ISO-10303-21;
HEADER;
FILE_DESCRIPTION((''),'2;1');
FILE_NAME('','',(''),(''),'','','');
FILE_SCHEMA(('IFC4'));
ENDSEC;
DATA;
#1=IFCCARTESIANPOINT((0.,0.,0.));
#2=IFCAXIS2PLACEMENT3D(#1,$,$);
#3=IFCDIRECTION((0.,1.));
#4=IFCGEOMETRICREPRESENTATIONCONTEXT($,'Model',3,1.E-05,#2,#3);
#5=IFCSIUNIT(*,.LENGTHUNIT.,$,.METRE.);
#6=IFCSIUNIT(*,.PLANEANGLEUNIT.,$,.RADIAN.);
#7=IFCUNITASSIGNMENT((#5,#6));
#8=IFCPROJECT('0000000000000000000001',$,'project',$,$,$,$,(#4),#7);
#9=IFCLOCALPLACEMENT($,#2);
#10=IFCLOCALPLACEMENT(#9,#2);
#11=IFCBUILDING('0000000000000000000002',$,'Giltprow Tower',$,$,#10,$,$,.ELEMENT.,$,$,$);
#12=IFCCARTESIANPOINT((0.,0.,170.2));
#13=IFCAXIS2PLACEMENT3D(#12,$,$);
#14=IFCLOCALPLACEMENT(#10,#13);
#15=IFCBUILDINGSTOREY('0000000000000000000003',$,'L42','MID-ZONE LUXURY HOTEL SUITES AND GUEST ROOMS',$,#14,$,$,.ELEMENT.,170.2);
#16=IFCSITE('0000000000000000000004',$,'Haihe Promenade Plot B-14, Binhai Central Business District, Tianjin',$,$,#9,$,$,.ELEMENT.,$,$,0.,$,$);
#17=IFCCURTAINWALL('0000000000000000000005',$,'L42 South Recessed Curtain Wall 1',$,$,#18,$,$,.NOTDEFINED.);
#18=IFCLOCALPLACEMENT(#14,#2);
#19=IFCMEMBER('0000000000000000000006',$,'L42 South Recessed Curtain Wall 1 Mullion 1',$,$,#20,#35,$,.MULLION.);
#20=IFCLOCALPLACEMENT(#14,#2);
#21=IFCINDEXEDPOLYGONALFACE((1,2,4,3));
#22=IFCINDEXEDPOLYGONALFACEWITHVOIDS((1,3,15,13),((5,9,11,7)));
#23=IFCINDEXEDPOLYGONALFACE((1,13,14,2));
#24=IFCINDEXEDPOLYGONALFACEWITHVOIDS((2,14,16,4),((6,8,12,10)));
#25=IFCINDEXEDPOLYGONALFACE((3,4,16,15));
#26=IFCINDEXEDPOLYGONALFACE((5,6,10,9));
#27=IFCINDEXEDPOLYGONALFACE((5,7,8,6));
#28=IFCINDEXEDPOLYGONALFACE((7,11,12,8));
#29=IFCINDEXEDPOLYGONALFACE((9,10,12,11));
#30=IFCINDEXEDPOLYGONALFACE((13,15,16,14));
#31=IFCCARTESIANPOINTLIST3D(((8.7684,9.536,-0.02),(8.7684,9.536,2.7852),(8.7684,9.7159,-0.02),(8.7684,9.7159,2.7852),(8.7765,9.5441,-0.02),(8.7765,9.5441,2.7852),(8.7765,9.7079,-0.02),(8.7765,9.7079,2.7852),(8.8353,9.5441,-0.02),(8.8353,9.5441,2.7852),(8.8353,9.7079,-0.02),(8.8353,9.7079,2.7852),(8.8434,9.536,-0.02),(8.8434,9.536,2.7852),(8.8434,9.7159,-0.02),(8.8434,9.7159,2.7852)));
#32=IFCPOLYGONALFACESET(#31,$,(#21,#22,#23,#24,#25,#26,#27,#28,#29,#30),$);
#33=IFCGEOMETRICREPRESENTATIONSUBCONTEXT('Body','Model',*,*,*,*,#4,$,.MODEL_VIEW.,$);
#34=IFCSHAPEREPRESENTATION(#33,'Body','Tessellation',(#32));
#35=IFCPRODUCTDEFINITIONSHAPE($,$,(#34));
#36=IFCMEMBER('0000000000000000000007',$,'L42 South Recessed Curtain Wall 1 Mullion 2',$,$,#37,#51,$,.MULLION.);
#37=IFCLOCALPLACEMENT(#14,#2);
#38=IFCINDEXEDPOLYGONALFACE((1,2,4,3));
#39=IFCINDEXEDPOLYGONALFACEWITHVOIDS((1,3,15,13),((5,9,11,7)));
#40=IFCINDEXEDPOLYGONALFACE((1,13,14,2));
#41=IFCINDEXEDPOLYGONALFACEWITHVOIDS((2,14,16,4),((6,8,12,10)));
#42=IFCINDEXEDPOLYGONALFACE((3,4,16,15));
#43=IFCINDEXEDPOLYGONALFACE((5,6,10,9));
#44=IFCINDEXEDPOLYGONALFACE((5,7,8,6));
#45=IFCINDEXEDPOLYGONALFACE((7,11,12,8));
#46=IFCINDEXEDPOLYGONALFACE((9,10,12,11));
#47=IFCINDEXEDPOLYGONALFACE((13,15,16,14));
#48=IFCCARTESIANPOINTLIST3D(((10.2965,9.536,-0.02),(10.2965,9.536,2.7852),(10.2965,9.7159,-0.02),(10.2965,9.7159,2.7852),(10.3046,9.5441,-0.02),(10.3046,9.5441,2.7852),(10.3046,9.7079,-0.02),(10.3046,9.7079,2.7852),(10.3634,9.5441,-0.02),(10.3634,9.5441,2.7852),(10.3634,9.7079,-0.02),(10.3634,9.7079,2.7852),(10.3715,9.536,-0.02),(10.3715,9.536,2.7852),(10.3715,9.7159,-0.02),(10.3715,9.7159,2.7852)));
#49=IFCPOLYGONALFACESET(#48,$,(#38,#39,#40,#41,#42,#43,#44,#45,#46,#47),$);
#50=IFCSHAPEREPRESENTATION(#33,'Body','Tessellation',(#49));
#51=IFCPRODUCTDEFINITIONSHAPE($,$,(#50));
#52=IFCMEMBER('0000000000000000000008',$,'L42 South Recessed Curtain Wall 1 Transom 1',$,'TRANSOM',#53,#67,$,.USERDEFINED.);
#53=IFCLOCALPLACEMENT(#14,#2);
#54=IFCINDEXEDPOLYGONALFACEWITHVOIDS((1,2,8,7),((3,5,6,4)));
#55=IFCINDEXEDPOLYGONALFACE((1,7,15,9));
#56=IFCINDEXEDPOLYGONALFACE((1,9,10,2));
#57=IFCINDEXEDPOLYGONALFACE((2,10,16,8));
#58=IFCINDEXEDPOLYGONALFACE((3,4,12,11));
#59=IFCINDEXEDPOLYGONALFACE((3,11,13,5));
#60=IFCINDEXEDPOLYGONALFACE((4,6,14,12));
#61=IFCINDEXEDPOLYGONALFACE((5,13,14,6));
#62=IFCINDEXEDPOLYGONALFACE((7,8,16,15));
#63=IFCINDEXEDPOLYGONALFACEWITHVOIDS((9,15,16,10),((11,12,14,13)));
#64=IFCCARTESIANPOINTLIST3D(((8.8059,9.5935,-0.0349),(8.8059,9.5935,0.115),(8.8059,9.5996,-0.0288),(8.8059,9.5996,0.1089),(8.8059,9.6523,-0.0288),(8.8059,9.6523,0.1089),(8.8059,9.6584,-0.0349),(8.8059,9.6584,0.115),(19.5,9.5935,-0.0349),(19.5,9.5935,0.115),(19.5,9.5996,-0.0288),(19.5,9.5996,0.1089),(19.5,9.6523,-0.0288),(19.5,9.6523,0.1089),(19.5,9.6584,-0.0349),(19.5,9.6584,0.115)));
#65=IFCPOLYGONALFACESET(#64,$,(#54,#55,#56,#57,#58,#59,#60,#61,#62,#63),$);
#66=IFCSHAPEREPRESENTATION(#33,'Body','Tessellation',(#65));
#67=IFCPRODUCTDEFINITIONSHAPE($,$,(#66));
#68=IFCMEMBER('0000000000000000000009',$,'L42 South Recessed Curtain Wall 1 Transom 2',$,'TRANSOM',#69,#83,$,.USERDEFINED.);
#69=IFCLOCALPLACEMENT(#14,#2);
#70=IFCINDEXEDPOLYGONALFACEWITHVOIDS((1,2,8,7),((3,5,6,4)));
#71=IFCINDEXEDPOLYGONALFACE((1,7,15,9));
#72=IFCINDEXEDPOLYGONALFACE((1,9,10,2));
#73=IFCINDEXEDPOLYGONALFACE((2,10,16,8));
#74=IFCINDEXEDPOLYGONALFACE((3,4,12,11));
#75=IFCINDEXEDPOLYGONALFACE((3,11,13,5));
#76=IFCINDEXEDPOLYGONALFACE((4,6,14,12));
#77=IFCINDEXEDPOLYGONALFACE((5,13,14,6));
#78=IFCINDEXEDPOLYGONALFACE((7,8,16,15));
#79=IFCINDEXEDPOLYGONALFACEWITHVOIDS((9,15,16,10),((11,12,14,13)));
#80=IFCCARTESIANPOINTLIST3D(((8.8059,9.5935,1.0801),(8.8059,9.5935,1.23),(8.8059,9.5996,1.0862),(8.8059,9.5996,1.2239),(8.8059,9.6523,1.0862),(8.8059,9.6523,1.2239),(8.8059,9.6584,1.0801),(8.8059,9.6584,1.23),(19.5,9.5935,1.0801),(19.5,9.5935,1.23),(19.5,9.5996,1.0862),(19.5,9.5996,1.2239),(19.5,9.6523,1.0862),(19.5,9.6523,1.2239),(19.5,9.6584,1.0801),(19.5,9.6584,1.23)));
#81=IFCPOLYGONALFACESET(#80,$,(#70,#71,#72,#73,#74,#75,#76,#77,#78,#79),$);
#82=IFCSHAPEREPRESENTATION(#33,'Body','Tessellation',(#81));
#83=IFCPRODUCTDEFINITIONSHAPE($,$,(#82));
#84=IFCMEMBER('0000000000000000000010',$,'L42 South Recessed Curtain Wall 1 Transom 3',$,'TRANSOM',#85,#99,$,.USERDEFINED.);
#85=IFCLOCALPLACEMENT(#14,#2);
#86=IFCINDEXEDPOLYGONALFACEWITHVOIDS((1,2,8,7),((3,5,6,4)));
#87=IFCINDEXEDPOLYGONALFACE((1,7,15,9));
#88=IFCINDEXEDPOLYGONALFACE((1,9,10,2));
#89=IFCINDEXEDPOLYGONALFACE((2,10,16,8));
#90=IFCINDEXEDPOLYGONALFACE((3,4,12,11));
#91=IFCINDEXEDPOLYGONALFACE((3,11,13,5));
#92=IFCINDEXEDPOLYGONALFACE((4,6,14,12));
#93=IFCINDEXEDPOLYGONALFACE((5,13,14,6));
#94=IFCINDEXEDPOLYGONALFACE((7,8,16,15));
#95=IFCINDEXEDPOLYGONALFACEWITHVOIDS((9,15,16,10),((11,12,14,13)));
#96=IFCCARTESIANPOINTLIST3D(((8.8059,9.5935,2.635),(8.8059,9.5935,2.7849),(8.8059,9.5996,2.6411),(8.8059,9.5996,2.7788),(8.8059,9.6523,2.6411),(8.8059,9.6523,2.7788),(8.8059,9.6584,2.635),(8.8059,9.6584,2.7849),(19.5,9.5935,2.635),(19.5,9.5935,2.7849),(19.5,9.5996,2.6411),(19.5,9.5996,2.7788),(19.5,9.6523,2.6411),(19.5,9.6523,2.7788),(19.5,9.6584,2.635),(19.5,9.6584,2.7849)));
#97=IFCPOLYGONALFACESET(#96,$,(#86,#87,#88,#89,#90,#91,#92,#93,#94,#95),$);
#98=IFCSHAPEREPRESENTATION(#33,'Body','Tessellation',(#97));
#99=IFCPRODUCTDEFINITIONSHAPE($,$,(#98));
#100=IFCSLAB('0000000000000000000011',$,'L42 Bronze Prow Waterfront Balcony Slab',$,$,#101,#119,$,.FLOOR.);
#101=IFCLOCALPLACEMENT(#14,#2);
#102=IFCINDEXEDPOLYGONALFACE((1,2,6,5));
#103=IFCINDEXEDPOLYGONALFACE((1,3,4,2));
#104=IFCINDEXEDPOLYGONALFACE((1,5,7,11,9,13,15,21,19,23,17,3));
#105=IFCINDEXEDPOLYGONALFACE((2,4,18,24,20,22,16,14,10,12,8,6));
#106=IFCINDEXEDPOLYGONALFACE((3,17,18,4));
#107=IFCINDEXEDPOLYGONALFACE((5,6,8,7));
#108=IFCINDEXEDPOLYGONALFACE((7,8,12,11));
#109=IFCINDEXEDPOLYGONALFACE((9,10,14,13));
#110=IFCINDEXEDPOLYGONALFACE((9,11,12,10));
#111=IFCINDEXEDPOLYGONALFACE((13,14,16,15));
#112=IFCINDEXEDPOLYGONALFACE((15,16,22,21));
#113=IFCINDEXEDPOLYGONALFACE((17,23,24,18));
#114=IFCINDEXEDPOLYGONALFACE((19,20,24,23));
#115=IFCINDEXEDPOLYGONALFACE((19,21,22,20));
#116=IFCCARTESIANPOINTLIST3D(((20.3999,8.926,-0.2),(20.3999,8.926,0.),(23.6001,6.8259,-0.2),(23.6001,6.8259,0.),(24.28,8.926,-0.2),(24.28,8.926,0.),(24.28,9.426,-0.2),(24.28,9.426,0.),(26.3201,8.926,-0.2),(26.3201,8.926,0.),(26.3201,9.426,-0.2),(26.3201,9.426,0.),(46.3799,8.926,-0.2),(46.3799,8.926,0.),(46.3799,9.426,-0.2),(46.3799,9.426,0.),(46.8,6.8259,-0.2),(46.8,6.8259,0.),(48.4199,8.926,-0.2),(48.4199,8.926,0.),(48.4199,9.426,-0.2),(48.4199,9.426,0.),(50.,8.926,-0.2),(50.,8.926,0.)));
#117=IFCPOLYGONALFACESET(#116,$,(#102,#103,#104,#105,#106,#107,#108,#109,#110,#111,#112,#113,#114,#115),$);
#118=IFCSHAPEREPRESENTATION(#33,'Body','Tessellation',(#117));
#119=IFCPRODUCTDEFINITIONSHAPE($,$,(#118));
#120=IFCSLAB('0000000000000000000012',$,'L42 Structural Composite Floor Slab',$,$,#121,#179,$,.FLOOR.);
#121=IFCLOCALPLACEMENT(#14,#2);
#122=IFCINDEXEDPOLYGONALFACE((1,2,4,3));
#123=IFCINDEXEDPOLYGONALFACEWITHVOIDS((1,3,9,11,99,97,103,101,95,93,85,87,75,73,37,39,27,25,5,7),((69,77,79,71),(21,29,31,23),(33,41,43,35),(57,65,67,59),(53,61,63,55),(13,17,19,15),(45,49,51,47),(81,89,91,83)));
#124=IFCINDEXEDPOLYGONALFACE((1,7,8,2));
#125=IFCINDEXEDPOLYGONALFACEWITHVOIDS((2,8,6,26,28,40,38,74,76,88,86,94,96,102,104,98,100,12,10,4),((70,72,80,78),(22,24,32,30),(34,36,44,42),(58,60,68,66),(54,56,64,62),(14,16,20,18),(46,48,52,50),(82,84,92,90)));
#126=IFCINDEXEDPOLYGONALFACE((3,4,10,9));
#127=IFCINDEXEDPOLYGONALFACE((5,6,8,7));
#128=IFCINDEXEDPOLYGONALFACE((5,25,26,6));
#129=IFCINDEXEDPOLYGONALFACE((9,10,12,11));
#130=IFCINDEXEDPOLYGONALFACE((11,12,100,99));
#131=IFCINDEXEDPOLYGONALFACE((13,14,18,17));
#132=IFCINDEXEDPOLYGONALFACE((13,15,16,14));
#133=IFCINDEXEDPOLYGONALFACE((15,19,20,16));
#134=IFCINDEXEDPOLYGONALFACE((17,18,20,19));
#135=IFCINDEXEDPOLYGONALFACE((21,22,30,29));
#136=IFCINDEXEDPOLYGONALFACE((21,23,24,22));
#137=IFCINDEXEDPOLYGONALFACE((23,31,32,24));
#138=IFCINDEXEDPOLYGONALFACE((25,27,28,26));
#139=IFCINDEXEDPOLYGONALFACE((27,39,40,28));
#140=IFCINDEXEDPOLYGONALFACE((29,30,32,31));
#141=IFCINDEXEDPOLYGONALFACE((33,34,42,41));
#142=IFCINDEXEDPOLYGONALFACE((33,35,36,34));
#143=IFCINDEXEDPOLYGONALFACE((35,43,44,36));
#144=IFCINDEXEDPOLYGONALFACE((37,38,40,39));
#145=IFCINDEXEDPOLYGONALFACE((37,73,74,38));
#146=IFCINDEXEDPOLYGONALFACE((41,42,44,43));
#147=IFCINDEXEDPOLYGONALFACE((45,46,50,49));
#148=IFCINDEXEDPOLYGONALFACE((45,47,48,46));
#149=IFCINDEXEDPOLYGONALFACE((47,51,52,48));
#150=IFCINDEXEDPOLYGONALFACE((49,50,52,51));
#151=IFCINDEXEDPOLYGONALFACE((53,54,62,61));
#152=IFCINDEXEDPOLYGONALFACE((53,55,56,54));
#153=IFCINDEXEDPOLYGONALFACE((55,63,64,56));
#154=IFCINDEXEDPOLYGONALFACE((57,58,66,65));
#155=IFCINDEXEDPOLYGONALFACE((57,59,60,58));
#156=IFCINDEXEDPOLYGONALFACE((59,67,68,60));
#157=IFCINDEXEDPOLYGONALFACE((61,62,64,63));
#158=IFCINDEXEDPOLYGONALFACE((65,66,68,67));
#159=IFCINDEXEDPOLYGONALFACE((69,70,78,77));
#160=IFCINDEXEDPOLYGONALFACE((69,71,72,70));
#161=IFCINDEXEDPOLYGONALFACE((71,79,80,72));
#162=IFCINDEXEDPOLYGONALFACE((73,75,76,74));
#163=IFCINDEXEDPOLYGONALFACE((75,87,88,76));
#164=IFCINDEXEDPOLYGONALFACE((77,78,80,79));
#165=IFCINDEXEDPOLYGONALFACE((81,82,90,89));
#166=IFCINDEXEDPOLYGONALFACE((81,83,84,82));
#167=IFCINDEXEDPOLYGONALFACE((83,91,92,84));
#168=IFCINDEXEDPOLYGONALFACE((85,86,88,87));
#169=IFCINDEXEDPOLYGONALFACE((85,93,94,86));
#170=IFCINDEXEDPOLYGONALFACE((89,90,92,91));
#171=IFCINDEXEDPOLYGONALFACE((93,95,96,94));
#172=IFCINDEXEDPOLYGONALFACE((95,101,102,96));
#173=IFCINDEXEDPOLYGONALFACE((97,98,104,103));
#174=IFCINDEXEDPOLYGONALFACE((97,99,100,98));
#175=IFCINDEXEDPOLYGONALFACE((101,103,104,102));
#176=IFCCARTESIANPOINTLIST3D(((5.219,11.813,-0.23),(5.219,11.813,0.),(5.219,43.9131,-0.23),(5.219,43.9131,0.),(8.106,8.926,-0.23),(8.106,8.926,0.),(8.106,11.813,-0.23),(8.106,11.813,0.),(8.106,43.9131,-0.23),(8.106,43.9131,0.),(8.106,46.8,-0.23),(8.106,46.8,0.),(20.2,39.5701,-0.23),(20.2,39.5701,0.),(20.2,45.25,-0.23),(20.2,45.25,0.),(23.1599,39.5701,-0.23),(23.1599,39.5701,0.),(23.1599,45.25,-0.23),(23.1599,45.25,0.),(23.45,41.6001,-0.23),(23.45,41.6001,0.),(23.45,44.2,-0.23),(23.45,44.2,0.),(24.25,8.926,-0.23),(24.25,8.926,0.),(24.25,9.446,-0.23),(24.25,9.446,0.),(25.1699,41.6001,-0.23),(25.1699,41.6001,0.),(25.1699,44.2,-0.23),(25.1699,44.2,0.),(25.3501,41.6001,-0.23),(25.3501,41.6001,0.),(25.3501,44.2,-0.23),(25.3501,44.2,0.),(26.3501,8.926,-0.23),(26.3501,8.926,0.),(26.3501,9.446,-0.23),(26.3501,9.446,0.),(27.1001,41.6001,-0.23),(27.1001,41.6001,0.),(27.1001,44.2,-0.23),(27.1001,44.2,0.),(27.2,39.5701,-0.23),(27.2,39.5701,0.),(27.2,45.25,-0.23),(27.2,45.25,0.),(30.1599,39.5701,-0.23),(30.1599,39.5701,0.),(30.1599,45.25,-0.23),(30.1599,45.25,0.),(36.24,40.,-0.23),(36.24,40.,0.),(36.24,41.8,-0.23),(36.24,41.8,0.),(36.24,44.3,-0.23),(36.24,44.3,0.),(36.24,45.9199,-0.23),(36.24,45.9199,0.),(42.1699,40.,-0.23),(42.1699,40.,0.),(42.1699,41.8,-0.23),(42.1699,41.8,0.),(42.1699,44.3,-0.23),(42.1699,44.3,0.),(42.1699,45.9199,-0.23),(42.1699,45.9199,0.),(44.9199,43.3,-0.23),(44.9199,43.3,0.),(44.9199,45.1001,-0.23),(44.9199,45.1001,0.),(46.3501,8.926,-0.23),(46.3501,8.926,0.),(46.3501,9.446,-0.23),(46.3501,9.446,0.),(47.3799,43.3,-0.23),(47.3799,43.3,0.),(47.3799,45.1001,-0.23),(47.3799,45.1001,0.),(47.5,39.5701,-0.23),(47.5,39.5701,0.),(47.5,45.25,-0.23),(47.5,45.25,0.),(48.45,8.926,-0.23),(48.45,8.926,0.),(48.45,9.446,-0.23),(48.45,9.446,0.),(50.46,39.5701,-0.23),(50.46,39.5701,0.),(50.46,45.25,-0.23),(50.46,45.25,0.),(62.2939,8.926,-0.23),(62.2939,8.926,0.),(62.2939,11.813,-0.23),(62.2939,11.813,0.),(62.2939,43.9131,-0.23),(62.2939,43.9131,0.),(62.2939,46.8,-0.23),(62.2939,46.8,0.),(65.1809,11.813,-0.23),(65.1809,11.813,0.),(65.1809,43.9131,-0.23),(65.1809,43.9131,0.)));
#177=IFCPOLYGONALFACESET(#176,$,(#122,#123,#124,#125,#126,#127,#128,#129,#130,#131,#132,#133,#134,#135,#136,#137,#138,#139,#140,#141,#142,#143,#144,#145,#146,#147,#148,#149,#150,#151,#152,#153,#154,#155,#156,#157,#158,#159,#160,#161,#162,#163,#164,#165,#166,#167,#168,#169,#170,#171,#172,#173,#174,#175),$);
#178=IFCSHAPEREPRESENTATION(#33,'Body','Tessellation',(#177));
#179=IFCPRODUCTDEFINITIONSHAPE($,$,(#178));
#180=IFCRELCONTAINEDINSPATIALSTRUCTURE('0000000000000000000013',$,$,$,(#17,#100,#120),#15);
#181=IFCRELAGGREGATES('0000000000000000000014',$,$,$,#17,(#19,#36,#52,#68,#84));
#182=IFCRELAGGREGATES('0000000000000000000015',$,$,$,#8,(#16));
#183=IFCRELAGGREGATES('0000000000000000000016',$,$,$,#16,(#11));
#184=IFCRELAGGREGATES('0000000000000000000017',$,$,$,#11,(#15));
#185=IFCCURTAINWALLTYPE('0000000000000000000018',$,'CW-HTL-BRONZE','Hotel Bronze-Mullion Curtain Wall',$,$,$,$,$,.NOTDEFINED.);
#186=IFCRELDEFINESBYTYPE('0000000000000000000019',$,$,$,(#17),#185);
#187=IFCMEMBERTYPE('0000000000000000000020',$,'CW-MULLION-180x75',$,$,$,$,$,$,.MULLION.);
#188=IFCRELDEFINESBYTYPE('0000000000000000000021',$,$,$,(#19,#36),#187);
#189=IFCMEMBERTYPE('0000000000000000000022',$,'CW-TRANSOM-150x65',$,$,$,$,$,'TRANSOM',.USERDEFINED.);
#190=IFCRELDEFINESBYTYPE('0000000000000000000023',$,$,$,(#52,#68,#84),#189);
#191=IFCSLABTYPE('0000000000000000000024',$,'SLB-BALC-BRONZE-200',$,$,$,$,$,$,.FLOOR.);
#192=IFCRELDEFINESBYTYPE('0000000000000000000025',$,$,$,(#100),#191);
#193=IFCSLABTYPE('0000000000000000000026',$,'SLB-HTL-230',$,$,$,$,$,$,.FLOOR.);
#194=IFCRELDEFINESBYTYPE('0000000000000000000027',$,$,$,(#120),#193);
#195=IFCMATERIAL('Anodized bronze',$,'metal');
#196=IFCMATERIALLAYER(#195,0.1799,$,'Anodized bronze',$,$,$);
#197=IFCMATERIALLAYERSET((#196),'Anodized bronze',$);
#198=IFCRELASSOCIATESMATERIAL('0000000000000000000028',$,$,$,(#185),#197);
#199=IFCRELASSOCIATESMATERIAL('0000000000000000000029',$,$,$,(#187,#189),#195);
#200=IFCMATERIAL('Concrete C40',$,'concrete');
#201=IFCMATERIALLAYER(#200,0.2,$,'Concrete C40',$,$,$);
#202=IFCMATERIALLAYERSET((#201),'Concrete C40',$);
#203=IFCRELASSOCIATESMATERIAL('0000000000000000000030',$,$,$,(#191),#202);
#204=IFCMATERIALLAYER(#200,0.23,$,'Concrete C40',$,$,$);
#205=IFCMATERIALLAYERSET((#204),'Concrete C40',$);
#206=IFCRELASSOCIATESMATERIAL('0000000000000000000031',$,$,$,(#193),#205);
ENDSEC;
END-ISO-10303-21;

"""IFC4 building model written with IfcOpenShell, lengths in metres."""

from ifc_helpers import new_model, si_unit, direction, frame, origin, origin_2d, place, context, subcontext, project, spatial, polyline, hollow_rectangle, outline, extrude, source, transform, mapped, material, layer, layer_set, material_profile, profile_set, type_object, element, aggregate, save


model = new_model("IFC4")

# Units and contexts
model_context = context("Model", 3, precision=1e-05, world=origin(), true_north=direction((0.0, 1.0)))
body_context = subcontext(model_context, "Body", "Model", "MODEL_VIEW")
ifc_project = project(units=[si_unit("LENGTHUNIT", "METRE"), si_unit("PLANEANGLEUNIT", "RADIAN")], contexts=[model_context])

# Site, building, storey
site_placement = place(None, origin())
site = spatial("IfcSite", under=ifc_project, at=site_placement, Name="Haihe Promenade Plot B-14, Binhai Central Business District, Tianjin", CompositionType="ELEMENT", RefElevation=0.0)
building_placement = place(site_placement, origin())
building = spatial("IfcBuilding", under=site, at=building_placement, Name="Giltprow Tower", CompositionType="ELEMENT")
storey_placement = place(building_placement, frame((0.0, 0.0, 170.2)))
storey = spatial("IfcBuildingStorey", under=building, at=storey_placement, Name="L42", Description="MID-ZONE LUXURY HOTEL SUITES AND GUEST ROOMS", CompositionType="ELEMENT", Elevation=170.2)

# Curtain wall, members
ifc_material_1 = material(Name="Anodized bronze", Category="metal")
ifc_layer_1 = layer(ifc_material_1, 0.1799, Name="Anodized bronze")
ifc_layer_set_1 = layer_set([ifc_layer_1], Name="Anodized bronze")
curtain_wall_type = type_object("IfcCurtainWallType", Name="CW-HTL-BRONZE", Description="Hotel Bronze-Mullion Curtain Wall", PredefinedType="NOTDEFINED", material=ifc_layer_set_1)
curtain_wall_placement = place(storey_placement, origin())
curtain_wall = element("IfcCurtainWall", 1, at=curtain_wall_placement, inside=storey, type_object=curtain_wall_type, Name="L42 South Recessed Curtain Wall 1", PredefinedType="NOTDEFINED")
ifc_material_profile_1 = material_profile(ifc_material_1, hollow_rectangle(XDim=0.075, YDim=0.1799, WallThickness=0.0081, at=origin_2d()), Name="RHS 180x75x8")
ifc_profile_set_1 = profile_set([ifc_material_profile_1], Name="Anodized bronze")
member_type_1 = type_object("IfcMemberType", Name="CW-MULLION-180x75", PredefinedType="MULLION", material=ifc_profile_set_1)
shared_shape_1 = source(origin(), body_context, "Body", "SweptSolid", [
    extrude(hollow_rectangle(XDim=0.075, YDim=0.1799, WallThickness=0.0081, at=origin_2d()), origin(), (0.0, 0.0, 1.0), 2.8052),
])
member_1_placement = place(storey_placement, frame((8.8059, 9.626, -0.02), z_axis=(0.0, 0.0, 1.0), x_axis=(1.0, 0.0, 0.0)))
member_1 = element("IfcMember", 2, at=member_1_placement, type_object=member_type_1, Name="L42 South Recessed Curtain Wall 1 Mullion 1", PredefinedType="MULLION", context=body_context, shape_type="MappedRepresentation", body=[
    mapped(shared_shape_1, transform((0.0, 0.0, 0.0), x_axis=(1.0, 0.0, 0.0), y_axis=(0.0, 1.0, 0.0), z_axis=(0.0, 0.0, 1.0), scale=1.0)),
])
member_2_placement = place(storey_placement, frame((10.334, 9.626, -0.02), z_axis=(0.0, 0.0, 1.0), x_axis=(1.0, 0.0, 0.0)))
member_2 = element("IfcMember", 3, at=member_2_placement, type_object=member_type_1, Name="L42 South Recessed Curtain Wall 1 Mullion 2", PredefinedType="MULLION", context=body_context, shape_type="MappedRepresentation", body=[
    mapped(shared_shape_1, transform((0.0, 0.0, 0.0), x_axis=(1.0, 0.0, 0.0), y_axis=(0.0, 1.0, 0.0), z_axis=(0.0, 0.0, 1.0), scale=1.0)),
])
ifc_material_profile_2 = material_profile(ifc_material_1, hollow_rectangle(XDim=0.0649, YDim=0.1499, WallThickness=0.0061, at=origin_2d()), Name="RHS 150x65x6")
ifc_profile_set_2 = profile_set([ifc_material_profile_2], Name="Anodized bronze")
member_type_2 = type_object("IfcMemberType", Name="CW-TRANSOM-150x65", ElementType="TRANSOM", PredefinedType="USERDEFINED", material=ifc_profile_set_2)
shared_shape_2 = source(origin(), body_context, "Body", "SweptSolid", [
    extrude(hollow_rectangle(XDim=0.0649, YDim=0.1499, WallThickness=0.0061, at=origin_2d()), origin(), (0.0, 0.0, 1.0), 10.6941),
])
member_3_placement = place(storey_placement, frame((8.8059, 9.626, 0.04), z_axis=(1.0, 0.0, 0.0), x_axis=(0.0, 1.0, 0.0)))
member_3 = element("IfcMember", 4, at=member_3_placement, type_object=member_type_2, Name="L42 South Recessed Curtain Wall 1 Transom 1", ObjectType="TRANSOM", PredefinedType="USERDEFINED", context=body_context, shape_type="MappedRepresentation", body=[
    mapped(shared_shape_2, transform((0.0, 0.0, 0.0), x_axis=(1.0, 0.0, 0.0), y_axis=(0.0, 1.0, 0.0), z_axis=(0.0, 0.0, 1.0), scale=1.0)),
])
member_4_placement = place(storey_placement, frame((8.8059, 9.626, 1.155), z_axis=(1.0, 0.0, 0.0), x_axis=(0.0, 1.0, 0.0)))
member_4 = element("IfcMember", 5, at=member_4_placement, type_object=member_type_2, Name="L42 South Recessed Curtain Wall 1 Transom 2", ObjectType="TRANSOM", PredefinedType="USERDEFINED", context=body_context, shape_type="MappedRepresentation", body=[
    mapped(shared_shape_2, transform((0.0, 0.0, 0.0), x_axis=(1.0, 0.0, 0.0), y_axis=(0.0, 1.0, 0.0), z_axis=(0.0, 0.0, 1.0), scale=1.0)),
])
member_5_placement = place(storey_placement, frame((8.8059, 9.626, 2.71), z_axis=(1.0, 0.0, 0.0), x_axis=(0.0, 1.0, 0.0)))
member_5 = element("IfcMember", 6, at=member_5_placement, type_object=member_type_2, Name="L42 South Recessed Curtain Wall 1 Transom 3", ObjectType="TRANSOM", PredefinedType="USERDEFINED", context=body_context, shape_type="MappedRepresentation", body=[
    mapped(shared_shape_2, transform((0.0, 0.0, 0.0), x_axis=(1.0, 0.0, 0.0), y_axis=(0.0, 1.0, 0.0), z_axis=(0.0, 0.0, 1.0), scale=1.0)),
])

# Slabs
ifc_material_2 = material(Name="Concrete C40", Category="concrete")
ifc_layer_2 = layer(ifc_material_2, 0.2, Name="Concrete C40")
ifc_layer_set_2 = layer_set([ifc_layer_2], Name="Concrete C40")
slab_type_1 = type_object("IfcSlabType", Name="SLB-BALC-BRONZE-200", PredefinedType="FLOOR", material=ifc_layer_set_2)
slab_1_placement = place(storey_placement, frame((0.0, 0.0, -0.2)))
element("IfcSlab", 7, at=slab_1_placement, inside=storey, type_object=slab_type_1, Name="L42 Bronze Prow Waterfront Balcony Slab", PredefinedType="FLOOR", context=body_context, shape_type="SweptSolid", body=[
    extrude(outline(polyline([(50.0, 8.926), (46.8, 6.8259), (23.6001, 6.8259), (20.3999, 8.926), (24.28, 8.926), (24.28, 9.426), (26.3201, 9.426), (26.3201, 8.926), (46.3799, 8.926), (46.3799, 9.426), (48.4199, 9.426), (48.4199, 8.926), (50.0, 8.926)])), origin(), (0.0, 0.0, 1.0), 0.2),
])
ifc_layer_3 = layer(ifc_material_2, 0.23, Name="Concrete C40")
ifc_layer_set_3 = layer_set([ifc_layer_3], Name="Concrete C40")
slab_type_2 = type_object("IfcSlabType", Name="SLB-HTL-230", PredefinedType="FLOOR", material=ifc_layer_set_3)
slab_2_placement = place(storey_placement, frame((0.0, 0.0, -0.23)))
element("IfcSlab", 8, at=slab_2_placement, inside=storey, type_object=slab_type_2, Name="L42 Structural Composite Floor Slab", PredefinedType="FLOOR", context=body_context, shape_type="SweptSolid", body=[
    extrude(outline(polyline([(8.106, 8.926), (8.106, 11.813), (5.219, 11.813), (5.219, 43.9131), (8.106, 43.9131), (8.106, 46.8), (62.2939, 46.8), (62.2939, 43.9131), (65.1809, 43.9131), (65.1809, 11.813), (62.2939, 11.813), (62.2939, 8.926), (48.45, 8.926), (48.45, 9.446), (46.3501, 9.446), (46.3501, 8.926), (26.3501, 8.926), (26.3501, 9.446), (24.25, 9.446), (24.25, 8.926), (8.106, 8.926)]), holes=[polyline([(42.1699, 41.8), (36.24, 41.8), (36.24, 40.0), (42.1699, 40.0), (42.1699, 41.8)]), polyline([(23.1599, 39.5701), (23.1599, 45.25), (20.2, 45.25), (20.2, 39.5701), (23.1599, 39.5701)]), polyline([(30.1599, 39.5701), (30.1599, 45.25), (27.2, 45.25), (27.2, 39.5701), (30.1599, 39.5701)]), polyline([(50.46, 45.25), (47.5, 45.25), (47.5, 39.5701), (50.46, 39.5701), (50.46, 45.25)]), polyline([(25.1699, 44.2), (23.45, 44.2), (23.45, 41.6001), (25.1699, 41.6001), (25.1699, 44.2)]), polyline([(27.1001, 44.2), (25.3501, 44.2), (25.3501, 41.6001), (27.1001, 41.6001), (27.1001, 44.2)]), polyline([(47.3799, 43.3), (47.3799, 45.1001), (44.9199, 45.1001), (44.9199, 43.3), (47.3799, 43.3)]), polyline([(42.1699, 44.3), (42.1699, 45.9199), (36.24, 45.9199), (36.24, 44.3), (42.1699, 44.3)])]), origin(), (0.0, 0.0, 1.0), 0.23),
])

aggregate(curtain_wall, [member_1, member_2, member_3, member_4, member_5])

save(model, "model.ifc")
